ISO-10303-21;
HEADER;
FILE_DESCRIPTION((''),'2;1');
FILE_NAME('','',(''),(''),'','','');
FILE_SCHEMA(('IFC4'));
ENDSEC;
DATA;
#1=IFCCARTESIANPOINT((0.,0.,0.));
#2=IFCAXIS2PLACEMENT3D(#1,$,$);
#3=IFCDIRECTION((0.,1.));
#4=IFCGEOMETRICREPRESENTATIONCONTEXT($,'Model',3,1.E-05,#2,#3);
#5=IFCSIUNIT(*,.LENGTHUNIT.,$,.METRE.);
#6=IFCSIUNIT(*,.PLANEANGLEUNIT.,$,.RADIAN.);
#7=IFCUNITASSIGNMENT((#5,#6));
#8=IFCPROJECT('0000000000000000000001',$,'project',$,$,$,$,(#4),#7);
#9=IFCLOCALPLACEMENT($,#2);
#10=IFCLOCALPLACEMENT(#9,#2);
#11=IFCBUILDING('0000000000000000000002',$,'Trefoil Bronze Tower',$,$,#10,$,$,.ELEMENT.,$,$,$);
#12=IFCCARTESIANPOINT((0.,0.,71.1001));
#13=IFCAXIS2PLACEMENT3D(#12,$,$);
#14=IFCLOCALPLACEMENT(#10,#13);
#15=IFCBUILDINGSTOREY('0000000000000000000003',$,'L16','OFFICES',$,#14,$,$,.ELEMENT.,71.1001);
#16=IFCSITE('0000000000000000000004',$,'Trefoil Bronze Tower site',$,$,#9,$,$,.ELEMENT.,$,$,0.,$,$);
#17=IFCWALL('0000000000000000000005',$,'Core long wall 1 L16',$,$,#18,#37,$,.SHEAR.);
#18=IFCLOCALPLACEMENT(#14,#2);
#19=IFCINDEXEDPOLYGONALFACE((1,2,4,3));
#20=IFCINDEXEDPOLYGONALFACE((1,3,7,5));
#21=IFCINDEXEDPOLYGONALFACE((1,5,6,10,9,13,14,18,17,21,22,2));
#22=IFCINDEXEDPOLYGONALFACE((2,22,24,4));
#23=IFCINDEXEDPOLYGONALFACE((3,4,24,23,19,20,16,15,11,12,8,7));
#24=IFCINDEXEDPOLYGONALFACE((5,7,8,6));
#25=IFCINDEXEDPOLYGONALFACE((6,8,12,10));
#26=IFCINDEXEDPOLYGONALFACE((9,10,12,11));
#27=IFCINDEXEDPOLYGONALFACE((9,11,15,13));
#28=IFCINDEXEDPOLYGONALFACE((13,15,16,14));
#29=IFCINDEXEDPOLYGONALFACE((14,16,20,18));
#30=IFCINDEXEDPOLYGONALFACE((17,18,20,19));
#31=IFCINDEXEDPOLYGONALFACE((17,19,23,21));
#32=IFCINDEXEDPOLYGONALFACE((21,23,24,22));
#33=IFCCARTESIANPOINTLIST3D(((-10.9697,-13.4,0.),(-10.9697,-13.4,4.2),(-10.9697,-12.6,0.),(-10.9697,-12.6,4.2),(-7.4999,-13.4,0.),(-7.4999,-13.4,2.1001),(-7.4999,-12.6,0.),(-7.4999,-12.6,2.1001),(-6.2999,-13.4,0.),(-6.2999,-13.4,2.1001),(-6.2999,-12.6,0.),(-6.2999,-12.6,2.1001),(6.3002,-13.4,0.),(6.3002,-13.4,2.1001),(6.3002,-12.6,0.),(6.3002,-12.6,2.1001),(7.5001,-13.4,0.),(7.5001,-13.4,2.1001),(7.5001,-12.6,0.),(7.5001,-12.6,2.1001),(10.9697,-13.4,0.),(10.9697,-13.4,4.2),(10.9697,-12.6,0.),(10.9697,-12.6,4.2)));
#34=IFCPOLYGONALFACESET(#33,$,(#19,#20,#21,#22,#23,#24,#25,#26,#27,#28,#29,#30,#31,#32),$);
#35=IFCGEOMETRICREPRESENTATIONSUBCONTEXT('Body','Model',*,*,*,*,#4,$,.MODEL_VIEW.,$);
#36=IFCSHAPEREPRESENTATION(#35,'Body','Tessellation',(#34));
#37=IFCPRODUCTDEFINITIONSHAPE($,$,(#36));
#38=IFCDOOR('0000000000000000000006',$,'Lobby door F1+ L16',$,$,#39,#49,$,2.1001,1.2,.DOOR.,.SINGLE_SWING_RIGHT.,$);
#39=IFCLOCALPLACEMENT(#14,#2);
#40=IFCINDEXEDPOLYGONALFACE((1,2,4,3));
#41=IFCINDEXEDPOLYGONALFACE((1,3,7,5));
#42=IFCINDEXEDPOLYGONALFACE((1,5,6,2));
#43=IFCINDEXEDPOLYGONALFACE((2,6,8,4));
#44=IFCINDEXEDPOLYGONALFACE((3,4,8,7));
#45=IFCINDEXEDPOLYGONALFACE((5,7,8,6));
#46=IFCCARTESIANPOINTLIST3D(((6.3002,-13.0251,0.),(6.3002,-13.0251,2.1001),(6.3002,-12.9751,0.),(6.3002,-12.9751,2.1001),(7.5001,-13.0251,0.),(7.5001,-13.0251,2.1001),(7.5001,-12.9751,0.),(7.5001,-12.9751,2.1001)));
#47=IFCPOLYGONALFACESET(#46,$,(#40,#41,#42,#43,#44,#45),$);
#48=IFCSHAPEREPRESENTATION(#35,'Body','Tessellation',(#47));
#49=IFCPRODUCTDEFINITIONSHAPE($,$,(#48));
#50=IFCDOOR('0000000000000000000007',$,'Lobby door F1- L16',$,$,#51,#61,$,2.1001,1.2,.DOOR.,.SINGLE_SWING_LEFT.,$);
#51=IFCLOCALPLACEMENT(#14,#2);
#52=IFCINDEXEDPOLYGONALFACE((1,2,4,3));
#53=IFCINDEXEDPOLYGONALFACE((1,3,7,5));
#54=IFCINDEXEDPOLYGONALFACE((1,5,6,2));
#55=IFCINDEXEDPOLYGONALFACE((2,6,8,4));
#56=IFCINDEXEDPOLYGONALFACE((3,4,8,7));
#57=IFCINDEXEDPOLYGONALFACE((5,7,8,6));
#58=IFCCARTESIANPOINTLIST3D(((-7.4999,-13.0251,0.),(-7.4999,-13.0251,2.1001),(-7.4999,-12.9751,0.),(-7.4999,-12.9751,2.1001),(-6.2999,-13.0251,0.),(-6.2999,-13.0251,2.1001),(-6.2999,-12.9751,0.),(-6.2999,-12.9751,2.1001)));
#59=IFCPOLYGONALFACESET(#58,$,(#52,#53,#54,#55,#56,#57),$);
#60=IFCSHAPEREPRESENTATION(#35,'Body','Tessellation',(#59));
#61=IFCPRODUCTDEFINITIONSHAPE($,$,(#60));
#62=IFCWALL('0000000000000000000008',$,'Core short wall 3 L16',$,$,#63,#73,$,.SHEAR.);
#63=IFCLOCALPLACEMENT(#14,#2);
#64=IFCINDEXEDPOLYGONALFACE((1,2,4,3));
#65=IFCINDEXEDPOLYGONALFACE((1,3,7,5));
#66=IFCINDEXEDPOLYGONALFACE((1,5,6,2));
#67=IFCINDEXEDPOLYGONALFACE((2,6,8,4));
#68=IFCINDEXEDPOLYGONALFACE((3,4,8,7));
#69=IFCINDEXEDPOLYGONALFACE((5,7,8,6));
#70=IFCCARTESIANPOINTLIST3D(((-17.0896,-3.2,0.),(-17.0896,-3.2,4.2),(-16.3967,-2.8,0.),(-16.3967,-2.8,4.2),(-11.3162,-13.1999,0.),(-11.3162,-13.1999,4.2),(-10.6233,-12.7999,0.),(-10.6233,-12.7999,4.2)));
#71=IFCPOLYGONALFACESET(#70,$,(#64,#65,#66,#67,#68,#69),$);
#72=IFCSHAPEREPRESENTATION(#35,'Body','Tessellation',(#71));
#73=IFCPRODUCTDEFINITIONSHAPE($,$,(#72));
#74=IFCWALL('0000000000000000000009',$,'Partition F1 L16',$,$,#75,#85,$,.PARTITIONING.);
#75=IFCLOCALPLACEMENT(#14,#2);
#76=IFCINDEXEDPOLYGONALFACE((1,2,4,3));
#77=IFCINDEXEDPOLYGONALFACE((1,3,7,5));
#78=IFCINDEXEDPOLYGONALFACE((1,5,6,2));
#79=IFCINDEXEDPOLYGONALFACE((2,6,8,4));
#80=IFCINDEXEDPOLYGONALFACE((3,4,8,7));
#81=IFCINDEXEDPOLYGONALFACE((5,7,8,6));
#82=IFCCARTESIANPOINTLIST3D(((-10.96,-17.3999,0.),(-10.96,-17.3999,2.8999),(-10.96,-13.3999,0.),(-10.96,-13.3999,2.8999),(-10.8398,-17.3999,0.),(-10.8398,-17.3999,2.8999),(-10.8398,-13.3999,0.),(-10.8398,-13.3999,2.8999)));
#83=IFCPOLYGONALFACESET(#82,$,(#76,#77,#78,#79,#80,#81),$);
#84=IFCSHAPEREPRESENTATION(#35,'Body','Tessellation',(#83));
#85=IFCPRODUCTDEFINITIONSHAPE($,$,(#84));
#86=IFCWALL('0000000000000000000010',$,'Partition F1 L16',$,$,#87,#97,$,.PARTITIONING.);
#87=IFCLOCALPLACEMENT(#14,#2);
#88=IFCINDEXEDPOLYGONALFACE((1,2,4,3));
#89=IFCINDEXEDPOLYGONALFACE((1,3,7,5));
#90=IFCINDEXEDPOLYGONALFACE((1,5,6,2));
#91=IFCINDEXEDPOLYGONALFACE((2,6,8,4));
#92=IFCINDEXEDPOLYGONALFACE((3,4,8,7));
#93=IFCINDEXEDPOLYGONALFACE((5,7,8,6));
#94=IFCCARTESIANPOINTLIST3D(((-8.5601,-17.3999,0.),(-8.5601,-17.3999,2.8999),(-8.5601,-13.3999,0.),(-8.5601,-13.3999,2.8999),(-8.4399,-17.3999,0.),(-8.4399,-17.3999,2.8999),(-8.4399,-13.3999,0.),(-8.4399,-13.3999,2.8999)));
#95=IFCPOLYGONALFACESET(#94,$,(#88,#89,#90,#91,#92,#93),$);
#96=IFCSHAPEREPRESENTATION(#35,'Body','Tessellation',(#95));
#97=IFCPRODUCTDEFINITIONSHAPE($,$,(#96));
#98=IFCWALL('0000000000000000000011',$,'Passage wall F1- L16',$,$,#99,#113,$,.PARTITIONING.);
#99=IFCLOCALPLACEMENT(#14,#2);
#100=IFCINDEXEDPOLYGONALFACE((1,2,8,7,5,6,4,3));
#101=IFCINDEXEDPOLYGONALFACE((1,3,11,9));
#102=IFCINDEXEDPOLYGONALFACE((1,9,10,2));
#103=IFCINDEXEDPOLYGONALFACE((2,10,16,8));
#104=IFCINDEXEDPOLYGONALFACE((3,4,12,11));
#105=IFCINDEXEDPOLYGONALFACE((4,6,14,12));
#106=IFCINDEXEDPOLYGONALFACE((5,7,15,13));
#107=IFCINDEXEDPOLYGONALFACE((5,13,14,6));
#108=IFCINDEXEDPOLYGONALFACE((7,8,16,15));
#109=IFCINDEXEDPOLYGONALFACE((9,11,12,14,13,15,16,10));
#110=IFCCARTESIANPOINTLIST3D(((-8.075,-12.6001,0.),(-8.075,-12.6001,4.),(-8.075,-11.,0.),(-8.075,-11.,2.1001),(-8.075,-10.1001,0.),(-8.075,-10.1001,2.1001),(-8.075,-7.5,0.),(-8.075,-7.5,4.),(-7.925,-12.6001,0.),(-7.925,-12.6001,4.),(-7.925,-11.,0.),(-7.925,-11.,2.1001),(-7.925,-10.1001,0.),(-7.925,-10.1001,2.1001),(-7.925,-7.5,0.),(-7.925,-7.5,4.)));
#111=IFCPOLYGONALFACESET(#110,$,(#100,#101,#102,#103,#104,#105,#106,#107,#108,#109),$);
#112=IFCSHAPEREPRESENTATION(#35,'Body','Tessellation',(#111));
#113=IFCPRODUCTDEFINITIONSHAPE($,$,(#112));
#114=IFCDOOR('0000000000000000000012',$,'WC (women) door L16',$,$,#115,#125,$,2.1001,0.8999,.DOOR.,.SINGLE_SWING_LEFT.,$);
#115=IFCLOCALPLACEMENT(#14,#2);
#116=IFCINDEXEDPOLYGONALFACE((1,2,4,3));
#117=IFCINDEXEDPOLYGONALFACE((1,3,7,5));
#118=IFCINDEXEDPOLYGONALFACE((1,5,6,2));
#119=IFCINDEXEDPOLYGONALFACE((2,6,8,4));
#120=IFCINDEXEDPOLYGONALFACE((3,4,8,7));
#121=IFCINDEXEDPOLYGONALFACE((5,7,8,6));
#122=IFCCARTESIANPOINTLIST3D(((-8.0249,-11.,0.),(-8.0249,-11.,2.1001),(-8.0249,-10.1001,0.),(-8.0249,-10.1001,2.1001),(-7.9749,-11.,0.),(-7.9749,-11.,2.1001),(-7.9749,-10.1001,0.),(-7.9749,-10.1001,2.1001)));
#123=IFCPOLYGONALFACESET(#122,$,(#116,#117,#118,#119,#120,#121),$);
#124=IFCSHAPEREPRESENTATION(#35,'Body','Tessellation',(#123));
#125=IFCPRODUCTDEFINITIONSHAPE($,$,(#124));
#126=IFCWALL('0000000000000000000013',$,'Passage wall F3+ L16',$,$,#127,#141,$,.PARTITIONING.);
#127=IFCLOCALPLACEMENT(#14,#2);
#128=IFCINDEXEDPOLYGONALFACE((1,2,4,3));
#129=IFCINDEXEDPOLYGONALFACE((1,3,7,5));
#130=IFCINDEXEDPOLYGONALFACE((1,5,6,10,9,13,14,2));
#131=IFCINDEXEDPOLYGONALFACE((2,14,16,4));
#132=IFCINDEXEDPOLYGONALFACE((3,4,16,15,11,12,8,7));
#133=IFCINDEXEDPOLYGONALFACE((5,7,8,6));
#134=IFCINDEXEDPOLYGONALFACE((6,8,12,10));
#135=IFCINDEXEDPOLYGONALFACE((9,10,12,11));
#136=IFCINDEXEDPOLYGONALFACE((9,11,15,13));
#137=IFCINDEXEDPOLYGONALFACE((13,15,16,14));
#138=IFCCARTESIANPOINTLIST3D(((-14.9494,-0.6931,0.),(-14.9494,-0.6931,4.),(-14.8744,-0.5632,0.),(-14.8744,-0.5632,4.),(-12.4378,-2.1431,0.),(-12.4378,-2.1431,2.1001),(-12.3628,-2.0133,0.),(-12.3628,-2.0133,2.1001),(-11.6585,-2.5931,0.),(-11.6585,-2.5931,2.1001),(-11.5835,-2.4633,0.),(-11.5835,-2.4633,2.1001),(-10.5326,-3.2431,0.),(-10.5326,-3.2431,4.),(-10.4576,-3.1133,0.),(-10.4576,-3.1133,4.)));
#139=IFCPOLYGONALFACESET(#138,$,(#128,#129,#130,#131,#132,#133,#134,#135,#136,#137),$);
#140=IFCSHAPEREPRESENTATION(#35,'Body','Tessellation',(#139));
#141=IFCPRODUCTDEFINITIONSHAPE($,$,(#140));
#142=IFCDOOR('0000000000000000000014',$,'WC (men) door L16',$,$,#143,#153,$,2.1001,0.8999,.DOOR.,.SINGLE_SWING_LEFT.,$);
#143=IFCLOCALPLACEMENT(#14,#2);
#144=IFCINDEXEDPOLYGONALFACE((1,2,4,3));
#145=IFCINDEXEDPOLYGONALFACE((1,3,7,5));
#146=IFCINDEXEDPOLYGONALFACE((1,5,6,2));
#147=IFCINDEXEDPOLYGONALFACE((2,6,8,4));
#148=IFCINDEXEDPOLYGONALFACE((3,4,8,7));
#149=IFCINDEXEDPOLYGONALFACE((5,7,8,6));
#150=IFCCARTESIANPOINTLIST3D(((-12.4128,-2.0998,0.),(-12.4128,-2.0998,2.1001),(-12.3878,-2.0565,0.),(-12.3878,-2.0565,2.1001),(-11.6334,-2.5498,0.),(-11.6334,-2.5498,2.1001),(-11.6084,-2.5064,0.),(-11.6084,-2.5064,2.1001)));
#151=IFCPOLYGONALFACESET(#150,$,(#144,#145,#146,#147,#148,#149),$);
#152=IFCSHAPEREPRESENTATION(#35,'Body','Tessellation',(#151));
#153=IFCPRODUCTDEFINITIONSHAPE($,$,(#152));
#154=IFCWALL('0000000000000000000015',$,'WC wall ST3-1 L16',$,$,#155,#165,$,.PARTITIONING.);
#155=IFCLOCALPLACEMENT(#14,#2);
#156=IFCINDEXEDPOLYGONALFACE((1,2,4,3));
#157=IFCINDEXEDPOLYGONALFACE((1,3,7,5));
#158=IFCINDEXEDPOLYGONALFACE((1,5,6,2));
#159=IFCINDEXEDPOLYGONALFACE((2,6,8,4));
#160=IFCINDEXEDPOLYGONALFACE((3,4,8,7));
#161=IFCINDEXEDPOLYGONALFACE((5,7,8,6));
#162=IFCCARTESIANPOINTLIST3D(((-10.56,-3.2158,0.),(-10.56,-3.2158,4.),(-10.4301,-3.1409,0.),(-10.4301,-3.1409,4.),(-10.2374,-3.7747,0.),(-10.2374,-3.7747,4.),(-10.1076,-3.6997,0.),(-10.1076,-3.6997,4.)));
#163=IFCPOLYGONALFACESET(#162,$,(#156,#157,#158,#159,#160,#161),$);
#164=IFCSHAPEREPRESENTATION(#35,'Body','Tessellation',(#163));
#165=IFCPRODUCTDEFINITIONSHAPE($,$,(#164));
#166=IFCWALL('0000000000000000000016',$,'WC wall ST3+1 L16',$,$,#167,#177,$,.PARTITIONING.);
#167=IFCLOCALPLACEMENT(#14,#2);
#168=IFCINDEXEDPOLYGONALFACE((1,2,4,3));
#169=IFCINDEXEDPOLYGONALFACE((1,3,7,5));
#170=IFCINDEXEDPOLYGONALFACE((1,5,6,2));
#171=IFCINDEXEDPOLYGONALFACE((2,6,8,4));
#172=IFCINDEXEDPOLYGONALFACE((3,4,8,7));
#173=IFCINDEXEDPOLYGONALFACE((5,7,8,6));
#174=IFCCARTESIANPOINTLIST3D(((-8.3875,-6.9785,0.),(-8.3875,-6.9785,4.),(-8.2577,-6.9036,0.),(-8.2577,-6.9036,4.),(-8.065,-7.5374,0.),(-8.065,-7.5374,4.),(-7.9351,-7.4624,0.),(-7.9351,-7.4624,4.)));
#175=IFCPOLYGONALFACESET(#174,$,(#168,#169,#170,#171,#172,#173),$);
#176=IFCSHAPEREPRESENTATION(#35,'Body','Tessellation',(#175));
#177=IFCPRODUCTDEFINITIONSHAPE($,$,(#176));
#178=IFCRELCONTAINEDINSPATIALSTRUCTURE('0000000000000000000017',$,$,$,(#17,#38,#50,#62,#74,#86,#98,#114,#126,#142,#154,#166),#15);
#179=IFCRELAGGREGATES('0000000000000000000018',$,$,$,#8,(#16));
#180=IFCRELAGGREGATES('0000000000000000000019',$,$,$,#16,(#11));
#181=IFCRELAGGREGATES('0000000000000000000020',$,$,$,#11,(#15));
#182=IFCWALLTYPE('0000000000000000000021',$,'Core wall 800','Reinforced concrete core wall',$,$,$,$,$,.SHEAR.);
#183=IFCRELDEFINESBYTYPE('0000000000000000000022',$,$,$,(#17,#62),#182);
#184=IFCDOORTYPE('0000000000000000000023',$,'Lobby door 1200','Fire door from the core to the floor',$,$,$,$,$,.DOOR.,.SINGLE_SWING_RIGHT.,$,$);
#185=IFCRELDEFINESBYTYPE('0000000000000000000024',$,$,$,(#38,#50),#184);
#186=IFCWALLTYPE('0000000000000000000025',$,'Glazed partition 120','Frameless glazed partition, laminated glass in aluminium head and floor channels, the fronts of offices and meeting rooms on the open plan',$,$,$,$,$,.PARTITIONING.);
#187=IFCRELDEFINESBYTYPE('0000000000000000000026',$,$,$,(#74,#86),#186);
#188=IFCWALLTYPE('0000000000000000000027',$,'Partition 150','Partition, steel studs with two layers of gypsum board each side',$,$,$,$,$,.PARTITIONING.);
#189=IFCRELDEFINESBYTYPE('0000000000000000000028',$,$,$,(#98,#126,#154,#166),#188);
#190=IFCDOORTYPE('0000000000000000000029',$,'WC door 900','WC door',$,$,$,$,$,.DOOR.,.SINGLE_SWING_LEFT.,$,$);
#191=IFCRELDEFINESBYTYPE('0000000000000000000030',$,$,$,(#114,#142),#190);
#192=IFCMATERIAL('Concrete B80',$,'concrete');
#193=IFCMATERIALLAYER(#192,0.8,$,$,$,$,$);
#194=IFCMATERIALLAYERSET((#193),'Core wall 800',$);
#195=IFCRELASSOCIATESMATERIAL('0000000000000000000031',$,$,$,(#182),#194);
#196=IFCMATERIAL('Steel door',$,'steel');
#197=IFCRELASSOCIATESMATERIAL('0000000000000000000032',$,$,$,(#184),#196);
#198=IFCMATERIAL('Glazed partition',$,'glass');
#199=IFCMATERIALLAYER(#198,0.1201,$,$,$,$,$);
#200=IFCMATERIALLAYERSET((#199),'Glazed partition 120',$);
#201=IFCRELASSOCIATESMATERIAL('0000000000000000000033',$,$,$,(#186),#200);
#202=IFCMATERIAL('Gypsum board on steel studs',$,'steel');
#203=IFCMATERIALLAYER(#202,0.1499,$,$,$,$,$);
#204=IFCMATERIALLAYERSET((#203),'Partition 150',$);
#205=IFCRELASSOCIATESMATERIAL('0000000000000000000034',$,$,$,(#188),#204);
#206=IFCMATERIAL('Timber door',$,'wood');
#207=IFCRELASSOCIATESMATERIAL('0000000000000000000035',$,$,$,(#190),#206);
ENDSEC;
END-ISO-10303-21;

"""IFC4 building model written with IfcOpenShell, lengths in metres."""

from ifc_helpers import new_model, si_unit, direction, frame, frame_2d, origin, place, context, subcontext, project, spatial, rectangle, extrude, material, layer, layer_set, type_object, element, fill, save


model = new_model("IFC4")

# Units and contexts
model_context = context("Model", 3, precision=1e-05, world=origin(), true_north=direction((0.0, 1.0)))
body_context = subcontext(model_context, "Body", "Model", "MODEL_VIEW")
ifc_project = project(units=[si_unit("LENGTHUNIT", "METRE"), si_unit("PLANEANGLEUNIT", "RADIAN")], contexts=[model_context])

# Site, building, storey
site_placement = place(None, origin())
site = spatial("IfcSite", under=ifc_project, at=site_placement, Name="Trefoil Bronze Tower site", CompositionType="ELEMENT", RefElevation=0.0)
building_placement = place(site_placement, origin())
building = spatial("IfcBuilding", under=site, at=building_placement, Name="Trefoil Bronze Tower", CompositionType="ELEMENT")
storey_placement = place(building_placement, frame((0.0, 0.0, 71.1001)))
storey = spatial("IfcBuildingStorey", under=building, at=storey_placement, Name="L16", Description="OFFICES", CompositionType="ELEMENT", Elevation=71.1001)

# Wall, openings, doors
ifc_material_1 = material(Name="Concrete B80", Category="concrete")
ifc_layer_1 = layer(ifc_material_1, 0.8)
ifc_layer_set_1 = layer_set([ifc_layer_1], Name="Core wall 800")
wall_type_1 = type_object("IfcWallType", Name="Core wall 800", Description="Reinforced concrete core wall", PredefinedType="SHEAR", material=ifc_layer_set_1)
wall_1_placement = place(storey_placement, frame((-10.9697, -13.0, 0.0), z_axis=(0.0, 0.0, 1.0), x_axis=(1.0, 0.0, 0.0)))
wall_1 = element("IfcWall", 1, at=wall_1_placement, inside=storey, type_object=wall_type_1, Name="Core long wall 1 L16", PredefinedType="SHEAR", context=body_context, shape_type="SweptSolid", body=[
    extrude(rectangle(XDim=21.9395, YDim=0.8, at=frame_2d((10.9697, 0.0))), origin(), (0.0, 0.0, 1.0), 4.2),
])
opening_1_placement = place(wall_1_placement, frame((17.2698, 0.0, 0.0)))
opening_1 = element("IfcOpeningElement", 2, at=opening_1_placement, cuts=wall_1, PredefinedType="OPENING", context=body_context, shape_type="SweptSolid", body=[
    extrude(rectangle(XDim=1.2, YDim=2.1001, at=frame_2d((0.6001, 1.05))), frame((0.0, 0.4099, 0.0), z_axis=(0.0, -1.0, 0.0), x_axis=(1.0, 0.0, 0.0)), (0.0, 0.0, 1.0), 0.8201),
])
opening_2_placement = place(wall_1_placement, frame((3.4697, 0.0, 0.0)))
opening_2 = element("IfcOpeningElement", 3, at=opening_2_placement, cuts=wall_1, PredefinedType="OPENING", context=body_context, shape_type="SweptSolid", body=[
    extrude(rectangle(XDim=1.2, YDim=2.1001, at=frame_2d((0.6001, 1.05))), frame((0.0, 0.4099, 0.0), z_axis=(0.0, -1.0, 0.0), x_axis=(1.0, 0.0, 0.0)), (0.0, 0.0, 1.0), 0.8201),
])
ifc_material_2 = material(Name="Steel door", Category="steel")
door_type_1 = type_object("IfcDoorType", Name="Lobby door 1200", Description="Fire door from the core to the floor", OperationType="SINGLE_SWING_RIGHT", PredefinedType="DOOR", material=ifc_material_2)
door_1_placement = place(opening_1_placement, origin())
door_1 = element("IfcDoor", 4, at=door_1_placement, inside=storey, type_object=door_type_1, Name="Lobby door F1+ L16", OperationType="SINGLE_SWING_RIGHT", OverallHeight=2.1001, OverallWidth=1.2, PredefinedType="DOOR", context=body_context, shape_type="SweptSolid", body=[
    extrude(rectangle(XDim=1.2, YDim=2.1001, at=frame_2d((0.6001, 1.05))), frame((0.0, 0.0249, 0.0), z_axis=(0.0, -1.0, 0.0), x_axis=(1.0, 0.0, 0.0)), (0.0, 0.0, 1.0), 0.05),
])
fill(opening_1, door_1)
door_2_placement = place(opening_2_placement, origin())
door_2 = element("IfcDoor", 5, at=door_2_placement, inside=storey, type_object=door_type_1, Name="Lobby door F1- L16", OperationType="SINGLE_SWING_LEFT", OverallHeight=2.1001, OverallWidth=1.2, PredefinedType="DOOR", context=body_context, shape_type="SweptSolid", body=[
    extrude(rectangle(XDim=1.2, YDim=2.1001, at=frame_2d((0.6001, 1.05))), frame((0.0, 0.0249, 0.0), z_axis=(0.0, -1.0, 0.0), x_axis=(1.0, 0.0, 0.0)), (0.0, 0.0, 1.0), 0.05),
])
fill(opening_2, door_2)

# Walls
wall_2_placement = place(storey_placement, frame((-16.7432, -3.0, 0.0), z_axis=(0.0, 0.0, 1.0), x_axis=(0.499996, -0.866028, 0.0)))
element("IfcWall", 6, at=wall_2_placement, inside=storey, type_object=wall_type_1, Name="Core short wall 3 L16", PredefinedType="SHEAR", context=body_context, shape_type="SweptSolid", body=[
    extrude(rectangle(XDim=11.5469, YDim=0.8, at=frame_2d((5.7734, 0.0))), origin(), (0.0, 0.0, 1.0), 4.2),
])
ifc_material_3 = material(Name="Glazed partition", Category="glass")
ifc_layer_2 = layer(ifc_material_3, 0.1201)
ifc_layer_set_2 = layer_set([ifc_layer_2], Name="Glazed partition 120")
wall_type_2 = type_object("IfcWallType", Name="Glazed partition 120", Description="Frameless glazed partition, laminated glass in aluminium head and floor channels, the fronts of offices and meeting rooms on the open plan", PredefinedType="PARTITIONING", material=ifc_layer_set_2)
for number, where, z_axis, x_axis, name in (
    (7, (-10.8999, -13.3999, 0.0), (0.0, 0.0, 1.0), (0.0, -1.0, 0.0), "Partition F1 L16"),
    (8, (-8.5, -13.3999, 0.0), (0.0, 0.0, 1.0), (0.0, -1.0, 0.0), "Partition F1 L16"),
):
    element("IfcWall", number, at=place(storey_placement, frame(where, z_axis=z_axis, x_axis=x_axis)), inside=storey, type_object=wall_type_2, Name=name, PredefinedType="PARTITIONING", context=body_context, shape_type="SweptSolid", body=[
        extrude(rectangle(XDim=4.0, YDim=0.1201, at=frame_2d((2.0, 0.0))), origin(), (0.0, 0.0, 1.0), 2.8999),
    ])

# Walls, openings, doors
ifc_material_4 = material(Name="Gypsum board on steel studs", Category="steel")
ifc_layer_3 = layer(ifc_material_4, 0.1499)
ifc_layer_set_3 = layer_set([ifc_layer_3], Name="Partition 150")
wall_type_3 = type_object("IfcWallType", Name="Partition 150", Description="Partition, steel studs with two layers of gypsum board each side", PredefinedType="PARTITIONING", material=ifc_layer_set_3)
wall_3_placement = place(storey_placement, frame((-8.0, -7.5, 0.0), z_axis=(0.0, 0.0, 1.0), x_axis=(0.0, -1.0, 0.0)))
wall_3 = element("IfcWall", 9, at=wall_3_placement, inside=storey, type_object=wall_type_3, Name="Passage wall F1- L16", PredefinedType="PARTITIONING", context=body_context, shape_type="SweptSolid", body=[
    extrude(rectangle(XDim=5.1001, YDim=0.1499, at=frame_2d((2.55, 0.0))), origin(), (0.0, 0.0, 1.0), 4.0),
])
opening_3_placement = place(wall_3_placement, frame((2.6001, 0.0, 0.0)))
opening_3 = element("IfcOpeningElement", 10, at=opening_3_placement, cuts=wall_3, PredefinedType="OPENING", context=body_context, shape_type="SweptSolid", body=[
    extrude(rectangle(XDim=0.8999, YDim=2.1001, at=frame_2d((0.45, 1.05))), frame((0.0, 0.085, 0.0), z_axis=(0.0, -1.0, 0.0), x_axis=(1.0, 0.0, 0.0)), (0.0, 0.0, 1.0), 0.1699),
])
ifc_material_5 = material(Name="Timber door", Category="wood")
door_type_2 = type_object("IfcDoorType", Name="WC door 900", Description="WC door", OperationType="SINGLE_SWING_LEFT", PredefinedType="DOOR", material=ifc_material_5)
door_3_placement = place(opening_3_placement, frame((0.8999, 0.0, 0.0), z_axis=(0.0, 0.0, 1.0), x_axis=(-1.0, 0.0, 0.0)))
door_3 = element("IfcDoor", 11, at=door_3_placement, inside=storey, type_object=door_type_2, Name="WC (women) door L16", OperationType="SINGLE_SWING_LEFT", OverallHeight=2.1001, OverallWidth=0.8999, PredefinedType="DOOR", context=body_context, shape_type="SweptSolid", body=[
    extrude(rectangle(XDim=0.8999, YDim=2.1001, at=frame_2d((0.45, 1.05))), frame((0.0, 0.0249, 0.0), z_axis=(0.0, -1.0, 0.0), x_axis=(1.0, 0.0, 0.0)), (0.0, 0.0, 1.0), 0.05),
])
fill(opening_3, door_3)
wall_4_placement = place(storey_placement, frame((-10.4951, -3.1782, 0.0), z_axis=(0.0, 0.0, 1.0), x_axis=(-0.866022, 0.500006, 0.0)))
wall_4 = element("IfcWall", 12, at=wall_4_placement, inside=storey, type_object=wall_type_3, Name="Passage wall F3+ L16", PredefinedType="PARTITIONING", context=body_context, shape_type="SweptSolid", body=[
    extrude(rectangle(XDim=5.1001, YDim=0.1499, at=frame_2d((2.55, 0.0))), origin(), (0.0, 0.0, 1.0), 4.0),
])
opening_4_placement = place(wall_4_placement, frame((1.3, 0.0, 0.0)))
opening_4 = element("IfcOpeningElement", 13, at=opening_4_placement, cuts=wall_4, PredefinedType="OPENING", context=body_context, shape_type="SweptSolid", body=[
    extrude(rectangle(XDim=0.8999, YDim=2.1001, at=frame_2d((0.45, 1.05))), frame((0.0, 0.085, 0.0), z_axis=(0.0, -1.0, 0.0), x_axis=(1.0, 0.0, 0.0)), (0.0, 0.0, 1.0), 0.1699),
])
door_4_placement = place(opening_4_placement, origin())
door_4 = element("IfcDoor", 14, at=door_4_placement, inside=storey, type_object=door_type_2, Name="WC (men) door L16", OperationType="SINGLE_SWING_LEFT", OverallHeight=2.1001, OverallWidth=0.8999, PredefinedType="DOOR", context=body_context, shape_type="SweptSolid", body=[
    extrude(rectangle(XDim=0.8999, YDim=2.1001, at=frame_2d((0.45, 1.05))), frame((0.0, 0.0249, 0.0), z_axis=(0.0, -1.0, 0.0), x_axis=(1.0, 0.0, 0.0)), (0.0, 0.0, 1.0), 0.05),
])
fill(opening_4, door_4)

# Walls
for number, where, z_axis, x_axis, name in (
    (15, (-10.4951, -3.1782, 0.0), (0.0, 0.0, 1.0), (0.499843, -0.866116, 0.0), "WC wall ST3-1 L16"),
    (16, (-8.0, -7.5, 0.0), (0.0, 0.0, 1.0), (-0.499843, 0.866116, 0.0), "WC wall ST3+1 L16"),
):
    element("IfcWall", number, at=place(storey_placement, frame(where, z_axis=z_axis, x_axis=x_axis)), inside=storey, type_object=wall_type_3, Name=name, PredefinedType="PARTITIONING", context=body_context, shape_type="SweptSolid", body=[
        extrude(rectangle(XDim=0.6453, YDim=0.1499, at=frame_2d((0.3228, 0.0))), origin(), (0.0, 0.0, 1.0), 4.0),
    ])

save(model, "model.ifc")
